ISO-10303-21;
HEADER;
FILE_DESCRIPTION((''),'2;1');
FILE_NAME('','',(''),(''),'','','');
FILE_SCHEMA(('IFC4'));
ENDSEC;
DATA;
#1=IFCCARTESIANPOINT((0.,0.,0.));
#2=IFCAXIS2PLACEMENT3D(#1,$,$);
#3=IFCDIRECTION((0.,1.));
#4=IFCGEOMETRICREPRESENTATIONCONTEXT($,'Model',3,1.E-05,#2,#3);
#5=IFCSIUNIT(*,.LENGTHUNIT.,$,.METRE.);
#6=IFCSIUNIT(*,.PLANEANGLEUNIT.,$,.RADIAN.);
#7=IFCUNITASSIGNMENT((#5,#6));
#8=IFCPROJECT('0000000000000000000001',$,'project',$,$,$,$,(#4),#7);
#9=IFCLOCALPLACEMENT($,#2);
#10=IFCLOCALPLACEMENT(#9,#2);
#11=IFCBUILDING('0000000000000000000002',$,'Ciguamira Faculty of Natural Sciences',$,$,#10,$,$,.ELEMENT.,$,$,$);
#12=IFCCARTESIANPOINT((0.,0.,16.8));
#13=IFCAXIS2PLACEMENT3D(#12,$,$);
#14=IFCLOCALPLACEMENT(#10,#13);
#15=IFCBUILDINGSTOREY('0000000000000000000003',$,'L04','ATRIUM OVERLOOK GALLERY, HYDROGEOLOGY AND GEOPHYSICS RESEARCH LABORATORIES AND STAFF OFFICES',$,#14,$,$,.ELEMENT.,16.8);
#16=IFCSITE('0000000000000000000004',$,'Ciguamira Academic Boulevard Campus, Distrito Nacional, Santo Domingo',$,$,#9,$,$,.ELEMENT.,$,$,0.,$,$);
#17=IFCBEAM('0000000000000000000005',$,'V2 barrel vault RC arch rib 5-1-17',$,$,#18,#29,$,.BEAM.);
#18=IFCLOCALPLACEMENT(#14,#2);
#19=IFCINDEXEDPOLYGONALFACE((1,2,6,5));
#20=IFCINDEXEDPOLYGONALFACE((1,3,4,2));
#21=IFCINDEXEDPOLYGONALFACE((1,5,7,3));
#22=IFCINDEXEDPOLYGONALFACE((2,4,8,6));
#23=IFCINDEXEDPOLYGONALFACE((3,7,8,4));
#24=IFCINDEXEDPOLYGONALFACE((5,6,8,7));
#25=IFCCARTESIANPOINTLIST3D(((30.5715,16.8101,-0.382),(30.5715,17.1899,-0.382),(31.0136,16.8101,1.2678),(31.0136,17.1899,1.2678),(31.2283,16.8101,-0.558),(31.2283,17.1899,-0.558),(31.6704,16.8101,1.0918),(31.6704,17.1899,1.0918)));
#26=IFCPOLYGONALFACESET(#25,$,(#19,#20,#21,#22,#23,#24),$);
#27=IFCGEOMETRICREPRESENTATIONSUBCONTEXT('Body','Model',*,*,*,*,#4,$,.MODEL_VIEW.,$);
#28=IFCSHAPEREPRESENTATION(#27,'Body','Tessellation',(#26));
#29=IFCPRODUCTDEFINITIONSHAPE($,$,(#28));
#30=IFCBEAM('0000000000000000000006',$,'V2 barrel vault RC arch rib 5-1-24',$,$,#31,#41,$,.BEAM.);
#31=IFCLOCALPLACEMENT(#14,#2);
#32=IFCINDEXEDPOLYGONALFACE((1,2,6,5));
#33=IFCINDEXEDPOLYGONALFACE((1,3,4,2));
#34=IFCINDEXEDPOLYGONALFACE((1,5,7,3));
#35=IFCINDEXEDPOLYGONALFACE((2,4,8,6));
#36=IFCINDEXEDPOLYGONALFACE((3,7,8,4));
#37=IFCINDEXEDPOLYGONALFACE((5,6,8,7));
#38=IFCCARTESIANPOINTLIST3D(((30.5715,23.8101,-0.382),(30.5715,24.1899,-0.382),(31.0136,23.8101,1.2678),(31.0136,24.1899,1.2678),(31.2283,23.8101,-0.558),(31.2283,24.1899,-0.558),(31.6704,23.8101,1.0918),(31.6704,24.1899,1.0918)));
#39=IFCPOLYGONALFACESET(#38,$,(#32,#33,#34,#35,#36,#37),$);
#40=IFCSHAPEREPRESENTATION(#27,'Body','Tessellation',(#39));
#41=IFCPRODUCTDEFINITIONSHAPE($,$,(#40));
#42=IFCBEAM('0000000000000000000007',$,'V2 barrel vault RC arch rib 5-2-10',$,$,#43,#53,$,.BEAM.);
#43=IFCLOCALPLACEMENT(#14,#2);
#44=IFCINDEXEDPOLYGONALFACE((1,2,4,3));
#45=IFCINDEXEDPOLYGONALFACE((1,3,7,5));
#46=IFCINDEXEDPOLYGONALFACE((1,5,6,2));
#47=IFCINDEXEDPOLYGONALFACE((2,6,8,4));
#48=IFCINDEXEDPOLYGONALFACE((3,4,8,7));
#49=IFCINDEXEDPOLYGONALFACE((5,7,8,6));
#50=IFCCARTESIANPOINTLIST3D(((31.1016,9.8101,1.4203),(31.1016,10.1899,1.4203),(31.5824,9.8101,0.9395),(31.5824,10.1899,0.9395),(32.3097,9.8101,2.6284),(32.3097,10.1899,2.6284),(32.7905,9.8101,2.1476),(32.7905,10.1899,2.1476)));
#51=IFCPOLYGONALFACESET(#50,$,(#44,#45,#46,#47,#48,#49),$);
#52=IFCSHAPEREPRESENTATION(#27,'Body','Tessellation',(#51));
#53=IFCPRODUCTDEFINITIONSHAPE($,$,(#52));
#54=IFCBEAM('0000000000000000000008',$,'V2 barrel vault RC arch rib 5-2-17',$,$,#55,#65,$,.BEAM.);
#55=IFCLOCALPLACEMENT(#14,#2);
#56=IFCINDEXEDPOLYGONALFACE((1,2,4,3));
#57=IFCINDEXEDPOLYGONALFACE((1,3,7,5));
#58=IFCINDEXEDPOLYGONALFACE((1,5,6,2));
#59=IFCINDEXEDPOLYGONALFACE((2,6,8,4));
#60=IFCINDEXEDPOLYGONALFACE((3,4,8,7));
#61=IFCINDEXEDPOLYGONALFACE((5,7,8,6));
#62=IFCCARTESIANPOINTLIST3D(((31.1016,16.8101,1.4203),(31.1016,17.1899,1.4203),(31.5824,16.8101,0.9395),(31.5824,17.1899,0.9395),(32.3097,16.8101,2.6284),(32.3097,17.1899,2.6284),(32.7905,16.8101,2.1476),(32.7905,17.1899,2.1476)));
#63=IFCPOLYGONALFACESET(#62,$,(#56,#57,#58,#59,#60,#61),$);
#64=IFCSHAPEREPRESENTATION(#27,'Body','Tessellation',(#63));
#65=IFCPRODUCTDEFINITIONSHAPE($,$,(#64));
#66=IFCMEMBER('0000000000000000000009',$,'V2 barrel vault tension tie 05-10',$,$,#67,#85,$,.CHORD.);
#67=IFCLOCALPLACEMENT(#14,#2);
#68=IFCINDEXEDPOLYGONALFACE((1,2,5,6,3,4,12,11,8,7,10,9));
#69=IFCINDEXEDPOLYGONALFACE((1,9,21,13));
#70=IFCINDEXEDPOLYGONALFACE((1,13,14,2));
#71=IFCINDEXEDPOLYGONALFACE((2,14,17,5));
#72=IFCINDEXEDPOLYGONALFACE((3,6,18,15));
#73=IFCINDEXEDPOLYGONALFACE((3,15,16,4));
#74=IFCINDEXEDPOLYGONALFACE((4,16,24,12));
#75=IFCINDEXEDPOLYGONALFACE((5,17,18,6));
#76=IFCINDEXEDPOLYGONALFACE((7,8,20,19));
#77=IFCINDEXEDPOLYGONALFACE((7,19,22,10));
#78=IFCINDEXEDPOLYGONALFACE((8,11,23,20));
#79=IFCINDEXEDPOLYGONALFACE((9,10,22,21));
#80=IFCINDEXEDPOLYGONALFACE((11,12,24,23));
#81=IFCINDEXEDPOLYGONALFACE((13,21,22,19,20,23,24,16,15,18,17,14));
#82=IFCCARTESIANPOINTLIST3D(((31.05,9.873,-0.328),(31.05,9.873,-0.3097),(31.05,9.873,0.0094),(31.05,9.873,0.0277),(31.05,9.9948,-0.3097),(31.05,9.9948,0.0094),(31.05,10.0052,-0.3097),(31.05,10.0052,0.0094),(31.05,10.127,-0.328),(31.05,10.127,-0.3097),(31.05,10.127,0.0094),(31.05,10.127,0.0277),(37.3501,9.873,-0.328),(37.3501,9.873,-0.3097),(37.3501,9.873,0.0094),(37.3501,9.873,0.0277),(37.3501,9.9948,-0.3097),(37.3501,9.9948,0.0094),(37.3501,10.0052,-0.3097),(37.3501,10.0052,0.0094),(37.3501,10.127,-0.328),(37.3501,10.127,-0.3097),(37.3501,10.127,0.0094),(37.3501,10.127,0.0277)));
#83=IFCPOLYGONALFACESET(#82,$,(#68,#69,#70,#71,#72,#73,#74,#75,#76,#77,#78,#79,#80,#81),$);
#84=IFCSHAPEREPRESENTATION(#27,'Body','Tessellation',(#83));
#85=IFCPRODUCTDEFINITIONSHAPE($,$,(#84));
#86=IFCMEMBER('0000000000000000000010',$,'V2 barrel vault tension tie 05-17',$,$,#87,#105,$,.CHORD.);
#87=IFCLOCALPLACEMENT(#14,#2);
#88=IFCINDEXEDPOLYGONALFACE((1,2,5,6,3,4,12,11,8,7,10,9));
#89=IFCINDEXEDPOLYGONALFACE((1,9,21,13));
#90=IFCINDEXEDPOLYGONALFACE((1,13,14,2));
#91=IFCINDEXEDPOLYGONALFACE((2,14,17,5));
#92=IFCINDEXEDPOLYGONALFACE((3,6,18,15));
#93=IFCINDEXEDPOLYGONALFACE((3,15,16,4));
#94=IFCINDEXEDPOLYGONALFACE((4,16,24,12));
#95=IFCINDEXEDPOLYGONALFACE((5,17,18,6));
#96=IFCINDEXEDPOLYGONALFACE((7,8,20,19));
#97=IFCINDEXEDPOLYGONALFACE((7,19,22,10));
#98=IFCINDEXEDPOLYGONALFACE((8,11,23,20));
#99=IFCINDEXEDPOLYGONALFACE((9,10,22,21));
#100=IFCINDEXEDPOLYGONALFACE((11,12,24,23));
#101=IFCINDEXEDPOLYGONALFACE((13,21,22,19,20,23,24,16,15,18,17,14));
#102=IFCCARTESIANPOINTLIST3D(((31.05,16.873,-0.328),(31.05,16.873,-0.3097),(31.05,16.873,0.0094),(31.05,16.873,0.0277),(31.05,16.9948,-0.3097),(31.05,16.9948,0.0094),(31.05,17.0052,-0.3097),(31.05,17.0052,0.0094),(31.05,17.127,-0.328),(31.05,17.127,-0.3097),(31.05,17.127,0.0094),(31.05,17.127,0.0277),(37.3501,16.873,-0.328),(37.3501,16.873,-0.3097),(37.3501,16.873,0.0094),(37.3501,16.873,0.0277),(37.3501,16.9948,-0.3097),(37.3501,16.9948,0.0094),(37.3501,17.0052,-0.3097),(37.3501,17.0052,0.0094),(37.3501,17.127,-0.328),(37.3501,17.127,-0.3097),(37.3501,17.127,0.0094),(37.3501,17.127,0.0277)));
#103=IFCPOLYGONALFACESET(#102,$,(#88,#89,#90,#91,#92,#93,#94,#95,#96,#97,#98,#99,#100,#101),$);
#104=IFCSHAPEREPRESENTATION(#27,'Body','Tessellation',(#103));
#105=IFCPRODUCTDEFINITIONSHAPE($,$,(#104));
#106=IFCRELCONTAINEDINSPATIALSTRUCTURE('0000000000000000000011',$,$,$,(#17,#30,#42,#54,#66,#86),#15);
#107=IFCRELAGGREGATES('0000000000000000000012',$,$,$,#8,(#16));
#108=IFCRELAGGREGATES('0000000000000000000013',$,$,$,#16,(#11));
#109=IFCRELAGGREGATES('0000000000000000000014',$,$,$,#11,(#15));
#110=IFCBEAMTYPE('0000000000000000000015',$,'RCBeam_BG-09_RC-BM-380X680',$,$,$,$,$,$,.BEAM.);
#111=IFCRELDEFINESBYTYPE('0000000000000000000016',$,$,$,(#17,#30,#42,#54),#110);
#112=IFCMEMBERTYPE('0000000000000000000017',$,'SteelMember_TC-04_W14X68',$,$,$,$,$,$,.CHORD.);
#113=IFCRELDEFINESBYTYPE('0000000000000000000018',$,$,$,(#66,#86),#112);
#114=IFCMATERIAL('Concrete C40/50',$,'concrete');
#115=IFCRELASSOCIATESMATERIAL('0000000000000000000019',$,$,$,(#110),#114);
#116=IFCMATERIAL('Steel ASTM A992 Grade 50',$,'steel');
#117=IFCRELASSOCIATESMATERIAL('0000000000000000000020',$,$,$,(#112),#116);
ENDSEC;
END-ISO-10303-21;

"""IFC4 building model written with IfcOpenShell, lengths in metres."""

from ifc_helpers import new_model, si_unit, direction, frame, origin, origin_2d, place, context, subcontext, project, spatial, rectangle, i_section, extrude, material, material_profile, profile_set, type_object, element, save


model = new_model("IFC4")

# Units and contexts
model_context = context("Model", 3, precision=1e-05, world=origin(), true_north=direction((0.0, 1.0)))
body_context = subcontext(model_context, "Body", "Model", "MODEL_VIEW")
ifc_project = project(units=[si_unit("LENGTHUNIT", "METRE"), si_unit("PLANEANGLEUNIT", "RADIAN")], contexts=[model_context])

# Site, building, storey
site_placement = place(None, origin())
site = spatial("IfcSite", under=ifc_project, at=site_placement, Name="Ciguamira Academic Boulevard Campus, Distrito Nacional, Santo Domingo", CompositionType="ELEMENT", RefElevation=0.0)
building_placement = place(site_placement, origin())
building = spatial("IfcBuilding", under=site, at=building_placement, Name="Ciguamira Faculty of Natural Sciences", CompositionType="ELEMENT")
storey_placement = place(building_placement, frame((0.0, 0.0, 16.8)))
storey = spatial("IfcBuildingStorey", under=building, at=storey_placement, Name="L04", Description="ATRIUM OVERLOOK GALLERY, HYDROGEOLOGY AND GEOPHYSICS RESEARCH LABORATORIES AND STAFF OFFICES", CompositionType="ELEMENT", Elevation=16.8)

# Beams
ifc_material_1 = material(Name="Concrete C40/50", Category="concrete")
ifc_material_profile_1 = material_profile(ifc_material_1, rectangle(XDim=0.3799, YDim=0.6799, at=origin_2d()), Name="RC-BM-380X680")
ifc_profile_set_1 = profile_set([ifc_material_profile_1], Name="Concrete C40/50")
beam_type_1 = type_object("IfcBeamType", Name="RCBeam_BG-09_RC-BM-380X680", PredefinedType="BEAM", material=ifc_profile_set_1)
for number, where, z_axis, x_axis, name in (
    (1, (30.8999, 17.0, -0.47), (0.258846, 0.0, 0.965919), (0.0, 1.0, 0.0), "V2 barrel vault RC arch rib 5-1-17"),
    (2, (30.8999, 24.0, -0.47), (0.258846, 0.0, 0.965919), (0.0, 1.0, 0.0), "V2 barrel vault RC arch rib 5-1-24"),
):
    element("IfcBeam", number, at=place(storey_placement, frame(where, z_axis=z_axis, x_axis=x_axis)), inside=storey, type_object=beam_type_1, Name=name, PredefinedType="BEAM", context=body_context, shape_type="SweptSolid", body=[
        extrude(rectangle(XDim=0.3799, YDim=0.6799, at=origin_2d()), origin(), (0.0, 0.0, 1.0), 1.708),
    ])
for number, where, z_axis, x_axis, name in (
    (3, (31.342, 10.0, 1.1799), (0.707107, 0.0, 0.707107), (0.0, 1.0, 0.0), "V2 barrel vault RC arch rib 5-2-10"),
    (4, (31.342, 17.0, 1.1799), (0.707107, 0.0, 0.707107), (0.0, 1.0, 0.0), "V2 barrel vault RC arch rib 5-2-17"),
):
    element("IfcBeam", number, at=place(storey_placement, frame(where, z_axis=z_axis, x_axis=x_axis)), inside=storey, type_object=beam_type_1, Name=name, PredefinedType="BEAM", context=body_context, shape_type="SweptSolid", body=[
        extrude(rectangle(XDim=0.3799, YDim=0.6799, at=origin_2d()), origin(), (0.0, 0.0, 1.0), 1.7085),
    ])

# Members
ifc_material_2 = material(Name="Steel ASTM A992 Grade 50", Category="steel")
ifc_material_profile_2 = material_profile(ifc_material_2, i_section(OverallWidth=0.2539, OverallDepth=0.3557, WebThickness=0.0105, FlangeThickness=0.0183, at=origin_2d()), Name="W14X68")
ifc_profile_set_2 = profile_set([ifc_material_profile_2], Name="Steel ASTM A992 Grade 50")
member_type = type_object("IfcMemberType", Name="SteelMember_TC-04_W14X68", PredefinedType="CHORD", material=ifc_profile_set_2)
for number, where, z_axis, x_axis, name in (
    (5, (31.05, 10.0, -0.1501), (1.0, 0.0, 0.0), (0.0, 1.0, 0.0), "V2 barrel vault tension tie 05-10"),
    (6, (31.05, 17.0, -0.1501), (1.0, 0.0, 0.0), (0.0, 1.0, 0.0), "V2 barrel vault tension tie 05-17"),
):
    element("IfcMember", number, at=place(storey_placement, frame(where, z_axis=z_axis, x_axis=x_axis)), inside=storey, type_object=member_type, Name=name, PredefinedType="CHORD", context=body_context, shape_type="SweptSolid", body=[
        extrude(i_section(OverallWidth=0.2539, OverallDepth=0.3557, WebThickness=0.0105, FlangeThickness=0.0183, at=origin_2d()), origin(), (0.0, 0.0, 1.0), 6.3),
    ])

save(model, "model.ifc")
